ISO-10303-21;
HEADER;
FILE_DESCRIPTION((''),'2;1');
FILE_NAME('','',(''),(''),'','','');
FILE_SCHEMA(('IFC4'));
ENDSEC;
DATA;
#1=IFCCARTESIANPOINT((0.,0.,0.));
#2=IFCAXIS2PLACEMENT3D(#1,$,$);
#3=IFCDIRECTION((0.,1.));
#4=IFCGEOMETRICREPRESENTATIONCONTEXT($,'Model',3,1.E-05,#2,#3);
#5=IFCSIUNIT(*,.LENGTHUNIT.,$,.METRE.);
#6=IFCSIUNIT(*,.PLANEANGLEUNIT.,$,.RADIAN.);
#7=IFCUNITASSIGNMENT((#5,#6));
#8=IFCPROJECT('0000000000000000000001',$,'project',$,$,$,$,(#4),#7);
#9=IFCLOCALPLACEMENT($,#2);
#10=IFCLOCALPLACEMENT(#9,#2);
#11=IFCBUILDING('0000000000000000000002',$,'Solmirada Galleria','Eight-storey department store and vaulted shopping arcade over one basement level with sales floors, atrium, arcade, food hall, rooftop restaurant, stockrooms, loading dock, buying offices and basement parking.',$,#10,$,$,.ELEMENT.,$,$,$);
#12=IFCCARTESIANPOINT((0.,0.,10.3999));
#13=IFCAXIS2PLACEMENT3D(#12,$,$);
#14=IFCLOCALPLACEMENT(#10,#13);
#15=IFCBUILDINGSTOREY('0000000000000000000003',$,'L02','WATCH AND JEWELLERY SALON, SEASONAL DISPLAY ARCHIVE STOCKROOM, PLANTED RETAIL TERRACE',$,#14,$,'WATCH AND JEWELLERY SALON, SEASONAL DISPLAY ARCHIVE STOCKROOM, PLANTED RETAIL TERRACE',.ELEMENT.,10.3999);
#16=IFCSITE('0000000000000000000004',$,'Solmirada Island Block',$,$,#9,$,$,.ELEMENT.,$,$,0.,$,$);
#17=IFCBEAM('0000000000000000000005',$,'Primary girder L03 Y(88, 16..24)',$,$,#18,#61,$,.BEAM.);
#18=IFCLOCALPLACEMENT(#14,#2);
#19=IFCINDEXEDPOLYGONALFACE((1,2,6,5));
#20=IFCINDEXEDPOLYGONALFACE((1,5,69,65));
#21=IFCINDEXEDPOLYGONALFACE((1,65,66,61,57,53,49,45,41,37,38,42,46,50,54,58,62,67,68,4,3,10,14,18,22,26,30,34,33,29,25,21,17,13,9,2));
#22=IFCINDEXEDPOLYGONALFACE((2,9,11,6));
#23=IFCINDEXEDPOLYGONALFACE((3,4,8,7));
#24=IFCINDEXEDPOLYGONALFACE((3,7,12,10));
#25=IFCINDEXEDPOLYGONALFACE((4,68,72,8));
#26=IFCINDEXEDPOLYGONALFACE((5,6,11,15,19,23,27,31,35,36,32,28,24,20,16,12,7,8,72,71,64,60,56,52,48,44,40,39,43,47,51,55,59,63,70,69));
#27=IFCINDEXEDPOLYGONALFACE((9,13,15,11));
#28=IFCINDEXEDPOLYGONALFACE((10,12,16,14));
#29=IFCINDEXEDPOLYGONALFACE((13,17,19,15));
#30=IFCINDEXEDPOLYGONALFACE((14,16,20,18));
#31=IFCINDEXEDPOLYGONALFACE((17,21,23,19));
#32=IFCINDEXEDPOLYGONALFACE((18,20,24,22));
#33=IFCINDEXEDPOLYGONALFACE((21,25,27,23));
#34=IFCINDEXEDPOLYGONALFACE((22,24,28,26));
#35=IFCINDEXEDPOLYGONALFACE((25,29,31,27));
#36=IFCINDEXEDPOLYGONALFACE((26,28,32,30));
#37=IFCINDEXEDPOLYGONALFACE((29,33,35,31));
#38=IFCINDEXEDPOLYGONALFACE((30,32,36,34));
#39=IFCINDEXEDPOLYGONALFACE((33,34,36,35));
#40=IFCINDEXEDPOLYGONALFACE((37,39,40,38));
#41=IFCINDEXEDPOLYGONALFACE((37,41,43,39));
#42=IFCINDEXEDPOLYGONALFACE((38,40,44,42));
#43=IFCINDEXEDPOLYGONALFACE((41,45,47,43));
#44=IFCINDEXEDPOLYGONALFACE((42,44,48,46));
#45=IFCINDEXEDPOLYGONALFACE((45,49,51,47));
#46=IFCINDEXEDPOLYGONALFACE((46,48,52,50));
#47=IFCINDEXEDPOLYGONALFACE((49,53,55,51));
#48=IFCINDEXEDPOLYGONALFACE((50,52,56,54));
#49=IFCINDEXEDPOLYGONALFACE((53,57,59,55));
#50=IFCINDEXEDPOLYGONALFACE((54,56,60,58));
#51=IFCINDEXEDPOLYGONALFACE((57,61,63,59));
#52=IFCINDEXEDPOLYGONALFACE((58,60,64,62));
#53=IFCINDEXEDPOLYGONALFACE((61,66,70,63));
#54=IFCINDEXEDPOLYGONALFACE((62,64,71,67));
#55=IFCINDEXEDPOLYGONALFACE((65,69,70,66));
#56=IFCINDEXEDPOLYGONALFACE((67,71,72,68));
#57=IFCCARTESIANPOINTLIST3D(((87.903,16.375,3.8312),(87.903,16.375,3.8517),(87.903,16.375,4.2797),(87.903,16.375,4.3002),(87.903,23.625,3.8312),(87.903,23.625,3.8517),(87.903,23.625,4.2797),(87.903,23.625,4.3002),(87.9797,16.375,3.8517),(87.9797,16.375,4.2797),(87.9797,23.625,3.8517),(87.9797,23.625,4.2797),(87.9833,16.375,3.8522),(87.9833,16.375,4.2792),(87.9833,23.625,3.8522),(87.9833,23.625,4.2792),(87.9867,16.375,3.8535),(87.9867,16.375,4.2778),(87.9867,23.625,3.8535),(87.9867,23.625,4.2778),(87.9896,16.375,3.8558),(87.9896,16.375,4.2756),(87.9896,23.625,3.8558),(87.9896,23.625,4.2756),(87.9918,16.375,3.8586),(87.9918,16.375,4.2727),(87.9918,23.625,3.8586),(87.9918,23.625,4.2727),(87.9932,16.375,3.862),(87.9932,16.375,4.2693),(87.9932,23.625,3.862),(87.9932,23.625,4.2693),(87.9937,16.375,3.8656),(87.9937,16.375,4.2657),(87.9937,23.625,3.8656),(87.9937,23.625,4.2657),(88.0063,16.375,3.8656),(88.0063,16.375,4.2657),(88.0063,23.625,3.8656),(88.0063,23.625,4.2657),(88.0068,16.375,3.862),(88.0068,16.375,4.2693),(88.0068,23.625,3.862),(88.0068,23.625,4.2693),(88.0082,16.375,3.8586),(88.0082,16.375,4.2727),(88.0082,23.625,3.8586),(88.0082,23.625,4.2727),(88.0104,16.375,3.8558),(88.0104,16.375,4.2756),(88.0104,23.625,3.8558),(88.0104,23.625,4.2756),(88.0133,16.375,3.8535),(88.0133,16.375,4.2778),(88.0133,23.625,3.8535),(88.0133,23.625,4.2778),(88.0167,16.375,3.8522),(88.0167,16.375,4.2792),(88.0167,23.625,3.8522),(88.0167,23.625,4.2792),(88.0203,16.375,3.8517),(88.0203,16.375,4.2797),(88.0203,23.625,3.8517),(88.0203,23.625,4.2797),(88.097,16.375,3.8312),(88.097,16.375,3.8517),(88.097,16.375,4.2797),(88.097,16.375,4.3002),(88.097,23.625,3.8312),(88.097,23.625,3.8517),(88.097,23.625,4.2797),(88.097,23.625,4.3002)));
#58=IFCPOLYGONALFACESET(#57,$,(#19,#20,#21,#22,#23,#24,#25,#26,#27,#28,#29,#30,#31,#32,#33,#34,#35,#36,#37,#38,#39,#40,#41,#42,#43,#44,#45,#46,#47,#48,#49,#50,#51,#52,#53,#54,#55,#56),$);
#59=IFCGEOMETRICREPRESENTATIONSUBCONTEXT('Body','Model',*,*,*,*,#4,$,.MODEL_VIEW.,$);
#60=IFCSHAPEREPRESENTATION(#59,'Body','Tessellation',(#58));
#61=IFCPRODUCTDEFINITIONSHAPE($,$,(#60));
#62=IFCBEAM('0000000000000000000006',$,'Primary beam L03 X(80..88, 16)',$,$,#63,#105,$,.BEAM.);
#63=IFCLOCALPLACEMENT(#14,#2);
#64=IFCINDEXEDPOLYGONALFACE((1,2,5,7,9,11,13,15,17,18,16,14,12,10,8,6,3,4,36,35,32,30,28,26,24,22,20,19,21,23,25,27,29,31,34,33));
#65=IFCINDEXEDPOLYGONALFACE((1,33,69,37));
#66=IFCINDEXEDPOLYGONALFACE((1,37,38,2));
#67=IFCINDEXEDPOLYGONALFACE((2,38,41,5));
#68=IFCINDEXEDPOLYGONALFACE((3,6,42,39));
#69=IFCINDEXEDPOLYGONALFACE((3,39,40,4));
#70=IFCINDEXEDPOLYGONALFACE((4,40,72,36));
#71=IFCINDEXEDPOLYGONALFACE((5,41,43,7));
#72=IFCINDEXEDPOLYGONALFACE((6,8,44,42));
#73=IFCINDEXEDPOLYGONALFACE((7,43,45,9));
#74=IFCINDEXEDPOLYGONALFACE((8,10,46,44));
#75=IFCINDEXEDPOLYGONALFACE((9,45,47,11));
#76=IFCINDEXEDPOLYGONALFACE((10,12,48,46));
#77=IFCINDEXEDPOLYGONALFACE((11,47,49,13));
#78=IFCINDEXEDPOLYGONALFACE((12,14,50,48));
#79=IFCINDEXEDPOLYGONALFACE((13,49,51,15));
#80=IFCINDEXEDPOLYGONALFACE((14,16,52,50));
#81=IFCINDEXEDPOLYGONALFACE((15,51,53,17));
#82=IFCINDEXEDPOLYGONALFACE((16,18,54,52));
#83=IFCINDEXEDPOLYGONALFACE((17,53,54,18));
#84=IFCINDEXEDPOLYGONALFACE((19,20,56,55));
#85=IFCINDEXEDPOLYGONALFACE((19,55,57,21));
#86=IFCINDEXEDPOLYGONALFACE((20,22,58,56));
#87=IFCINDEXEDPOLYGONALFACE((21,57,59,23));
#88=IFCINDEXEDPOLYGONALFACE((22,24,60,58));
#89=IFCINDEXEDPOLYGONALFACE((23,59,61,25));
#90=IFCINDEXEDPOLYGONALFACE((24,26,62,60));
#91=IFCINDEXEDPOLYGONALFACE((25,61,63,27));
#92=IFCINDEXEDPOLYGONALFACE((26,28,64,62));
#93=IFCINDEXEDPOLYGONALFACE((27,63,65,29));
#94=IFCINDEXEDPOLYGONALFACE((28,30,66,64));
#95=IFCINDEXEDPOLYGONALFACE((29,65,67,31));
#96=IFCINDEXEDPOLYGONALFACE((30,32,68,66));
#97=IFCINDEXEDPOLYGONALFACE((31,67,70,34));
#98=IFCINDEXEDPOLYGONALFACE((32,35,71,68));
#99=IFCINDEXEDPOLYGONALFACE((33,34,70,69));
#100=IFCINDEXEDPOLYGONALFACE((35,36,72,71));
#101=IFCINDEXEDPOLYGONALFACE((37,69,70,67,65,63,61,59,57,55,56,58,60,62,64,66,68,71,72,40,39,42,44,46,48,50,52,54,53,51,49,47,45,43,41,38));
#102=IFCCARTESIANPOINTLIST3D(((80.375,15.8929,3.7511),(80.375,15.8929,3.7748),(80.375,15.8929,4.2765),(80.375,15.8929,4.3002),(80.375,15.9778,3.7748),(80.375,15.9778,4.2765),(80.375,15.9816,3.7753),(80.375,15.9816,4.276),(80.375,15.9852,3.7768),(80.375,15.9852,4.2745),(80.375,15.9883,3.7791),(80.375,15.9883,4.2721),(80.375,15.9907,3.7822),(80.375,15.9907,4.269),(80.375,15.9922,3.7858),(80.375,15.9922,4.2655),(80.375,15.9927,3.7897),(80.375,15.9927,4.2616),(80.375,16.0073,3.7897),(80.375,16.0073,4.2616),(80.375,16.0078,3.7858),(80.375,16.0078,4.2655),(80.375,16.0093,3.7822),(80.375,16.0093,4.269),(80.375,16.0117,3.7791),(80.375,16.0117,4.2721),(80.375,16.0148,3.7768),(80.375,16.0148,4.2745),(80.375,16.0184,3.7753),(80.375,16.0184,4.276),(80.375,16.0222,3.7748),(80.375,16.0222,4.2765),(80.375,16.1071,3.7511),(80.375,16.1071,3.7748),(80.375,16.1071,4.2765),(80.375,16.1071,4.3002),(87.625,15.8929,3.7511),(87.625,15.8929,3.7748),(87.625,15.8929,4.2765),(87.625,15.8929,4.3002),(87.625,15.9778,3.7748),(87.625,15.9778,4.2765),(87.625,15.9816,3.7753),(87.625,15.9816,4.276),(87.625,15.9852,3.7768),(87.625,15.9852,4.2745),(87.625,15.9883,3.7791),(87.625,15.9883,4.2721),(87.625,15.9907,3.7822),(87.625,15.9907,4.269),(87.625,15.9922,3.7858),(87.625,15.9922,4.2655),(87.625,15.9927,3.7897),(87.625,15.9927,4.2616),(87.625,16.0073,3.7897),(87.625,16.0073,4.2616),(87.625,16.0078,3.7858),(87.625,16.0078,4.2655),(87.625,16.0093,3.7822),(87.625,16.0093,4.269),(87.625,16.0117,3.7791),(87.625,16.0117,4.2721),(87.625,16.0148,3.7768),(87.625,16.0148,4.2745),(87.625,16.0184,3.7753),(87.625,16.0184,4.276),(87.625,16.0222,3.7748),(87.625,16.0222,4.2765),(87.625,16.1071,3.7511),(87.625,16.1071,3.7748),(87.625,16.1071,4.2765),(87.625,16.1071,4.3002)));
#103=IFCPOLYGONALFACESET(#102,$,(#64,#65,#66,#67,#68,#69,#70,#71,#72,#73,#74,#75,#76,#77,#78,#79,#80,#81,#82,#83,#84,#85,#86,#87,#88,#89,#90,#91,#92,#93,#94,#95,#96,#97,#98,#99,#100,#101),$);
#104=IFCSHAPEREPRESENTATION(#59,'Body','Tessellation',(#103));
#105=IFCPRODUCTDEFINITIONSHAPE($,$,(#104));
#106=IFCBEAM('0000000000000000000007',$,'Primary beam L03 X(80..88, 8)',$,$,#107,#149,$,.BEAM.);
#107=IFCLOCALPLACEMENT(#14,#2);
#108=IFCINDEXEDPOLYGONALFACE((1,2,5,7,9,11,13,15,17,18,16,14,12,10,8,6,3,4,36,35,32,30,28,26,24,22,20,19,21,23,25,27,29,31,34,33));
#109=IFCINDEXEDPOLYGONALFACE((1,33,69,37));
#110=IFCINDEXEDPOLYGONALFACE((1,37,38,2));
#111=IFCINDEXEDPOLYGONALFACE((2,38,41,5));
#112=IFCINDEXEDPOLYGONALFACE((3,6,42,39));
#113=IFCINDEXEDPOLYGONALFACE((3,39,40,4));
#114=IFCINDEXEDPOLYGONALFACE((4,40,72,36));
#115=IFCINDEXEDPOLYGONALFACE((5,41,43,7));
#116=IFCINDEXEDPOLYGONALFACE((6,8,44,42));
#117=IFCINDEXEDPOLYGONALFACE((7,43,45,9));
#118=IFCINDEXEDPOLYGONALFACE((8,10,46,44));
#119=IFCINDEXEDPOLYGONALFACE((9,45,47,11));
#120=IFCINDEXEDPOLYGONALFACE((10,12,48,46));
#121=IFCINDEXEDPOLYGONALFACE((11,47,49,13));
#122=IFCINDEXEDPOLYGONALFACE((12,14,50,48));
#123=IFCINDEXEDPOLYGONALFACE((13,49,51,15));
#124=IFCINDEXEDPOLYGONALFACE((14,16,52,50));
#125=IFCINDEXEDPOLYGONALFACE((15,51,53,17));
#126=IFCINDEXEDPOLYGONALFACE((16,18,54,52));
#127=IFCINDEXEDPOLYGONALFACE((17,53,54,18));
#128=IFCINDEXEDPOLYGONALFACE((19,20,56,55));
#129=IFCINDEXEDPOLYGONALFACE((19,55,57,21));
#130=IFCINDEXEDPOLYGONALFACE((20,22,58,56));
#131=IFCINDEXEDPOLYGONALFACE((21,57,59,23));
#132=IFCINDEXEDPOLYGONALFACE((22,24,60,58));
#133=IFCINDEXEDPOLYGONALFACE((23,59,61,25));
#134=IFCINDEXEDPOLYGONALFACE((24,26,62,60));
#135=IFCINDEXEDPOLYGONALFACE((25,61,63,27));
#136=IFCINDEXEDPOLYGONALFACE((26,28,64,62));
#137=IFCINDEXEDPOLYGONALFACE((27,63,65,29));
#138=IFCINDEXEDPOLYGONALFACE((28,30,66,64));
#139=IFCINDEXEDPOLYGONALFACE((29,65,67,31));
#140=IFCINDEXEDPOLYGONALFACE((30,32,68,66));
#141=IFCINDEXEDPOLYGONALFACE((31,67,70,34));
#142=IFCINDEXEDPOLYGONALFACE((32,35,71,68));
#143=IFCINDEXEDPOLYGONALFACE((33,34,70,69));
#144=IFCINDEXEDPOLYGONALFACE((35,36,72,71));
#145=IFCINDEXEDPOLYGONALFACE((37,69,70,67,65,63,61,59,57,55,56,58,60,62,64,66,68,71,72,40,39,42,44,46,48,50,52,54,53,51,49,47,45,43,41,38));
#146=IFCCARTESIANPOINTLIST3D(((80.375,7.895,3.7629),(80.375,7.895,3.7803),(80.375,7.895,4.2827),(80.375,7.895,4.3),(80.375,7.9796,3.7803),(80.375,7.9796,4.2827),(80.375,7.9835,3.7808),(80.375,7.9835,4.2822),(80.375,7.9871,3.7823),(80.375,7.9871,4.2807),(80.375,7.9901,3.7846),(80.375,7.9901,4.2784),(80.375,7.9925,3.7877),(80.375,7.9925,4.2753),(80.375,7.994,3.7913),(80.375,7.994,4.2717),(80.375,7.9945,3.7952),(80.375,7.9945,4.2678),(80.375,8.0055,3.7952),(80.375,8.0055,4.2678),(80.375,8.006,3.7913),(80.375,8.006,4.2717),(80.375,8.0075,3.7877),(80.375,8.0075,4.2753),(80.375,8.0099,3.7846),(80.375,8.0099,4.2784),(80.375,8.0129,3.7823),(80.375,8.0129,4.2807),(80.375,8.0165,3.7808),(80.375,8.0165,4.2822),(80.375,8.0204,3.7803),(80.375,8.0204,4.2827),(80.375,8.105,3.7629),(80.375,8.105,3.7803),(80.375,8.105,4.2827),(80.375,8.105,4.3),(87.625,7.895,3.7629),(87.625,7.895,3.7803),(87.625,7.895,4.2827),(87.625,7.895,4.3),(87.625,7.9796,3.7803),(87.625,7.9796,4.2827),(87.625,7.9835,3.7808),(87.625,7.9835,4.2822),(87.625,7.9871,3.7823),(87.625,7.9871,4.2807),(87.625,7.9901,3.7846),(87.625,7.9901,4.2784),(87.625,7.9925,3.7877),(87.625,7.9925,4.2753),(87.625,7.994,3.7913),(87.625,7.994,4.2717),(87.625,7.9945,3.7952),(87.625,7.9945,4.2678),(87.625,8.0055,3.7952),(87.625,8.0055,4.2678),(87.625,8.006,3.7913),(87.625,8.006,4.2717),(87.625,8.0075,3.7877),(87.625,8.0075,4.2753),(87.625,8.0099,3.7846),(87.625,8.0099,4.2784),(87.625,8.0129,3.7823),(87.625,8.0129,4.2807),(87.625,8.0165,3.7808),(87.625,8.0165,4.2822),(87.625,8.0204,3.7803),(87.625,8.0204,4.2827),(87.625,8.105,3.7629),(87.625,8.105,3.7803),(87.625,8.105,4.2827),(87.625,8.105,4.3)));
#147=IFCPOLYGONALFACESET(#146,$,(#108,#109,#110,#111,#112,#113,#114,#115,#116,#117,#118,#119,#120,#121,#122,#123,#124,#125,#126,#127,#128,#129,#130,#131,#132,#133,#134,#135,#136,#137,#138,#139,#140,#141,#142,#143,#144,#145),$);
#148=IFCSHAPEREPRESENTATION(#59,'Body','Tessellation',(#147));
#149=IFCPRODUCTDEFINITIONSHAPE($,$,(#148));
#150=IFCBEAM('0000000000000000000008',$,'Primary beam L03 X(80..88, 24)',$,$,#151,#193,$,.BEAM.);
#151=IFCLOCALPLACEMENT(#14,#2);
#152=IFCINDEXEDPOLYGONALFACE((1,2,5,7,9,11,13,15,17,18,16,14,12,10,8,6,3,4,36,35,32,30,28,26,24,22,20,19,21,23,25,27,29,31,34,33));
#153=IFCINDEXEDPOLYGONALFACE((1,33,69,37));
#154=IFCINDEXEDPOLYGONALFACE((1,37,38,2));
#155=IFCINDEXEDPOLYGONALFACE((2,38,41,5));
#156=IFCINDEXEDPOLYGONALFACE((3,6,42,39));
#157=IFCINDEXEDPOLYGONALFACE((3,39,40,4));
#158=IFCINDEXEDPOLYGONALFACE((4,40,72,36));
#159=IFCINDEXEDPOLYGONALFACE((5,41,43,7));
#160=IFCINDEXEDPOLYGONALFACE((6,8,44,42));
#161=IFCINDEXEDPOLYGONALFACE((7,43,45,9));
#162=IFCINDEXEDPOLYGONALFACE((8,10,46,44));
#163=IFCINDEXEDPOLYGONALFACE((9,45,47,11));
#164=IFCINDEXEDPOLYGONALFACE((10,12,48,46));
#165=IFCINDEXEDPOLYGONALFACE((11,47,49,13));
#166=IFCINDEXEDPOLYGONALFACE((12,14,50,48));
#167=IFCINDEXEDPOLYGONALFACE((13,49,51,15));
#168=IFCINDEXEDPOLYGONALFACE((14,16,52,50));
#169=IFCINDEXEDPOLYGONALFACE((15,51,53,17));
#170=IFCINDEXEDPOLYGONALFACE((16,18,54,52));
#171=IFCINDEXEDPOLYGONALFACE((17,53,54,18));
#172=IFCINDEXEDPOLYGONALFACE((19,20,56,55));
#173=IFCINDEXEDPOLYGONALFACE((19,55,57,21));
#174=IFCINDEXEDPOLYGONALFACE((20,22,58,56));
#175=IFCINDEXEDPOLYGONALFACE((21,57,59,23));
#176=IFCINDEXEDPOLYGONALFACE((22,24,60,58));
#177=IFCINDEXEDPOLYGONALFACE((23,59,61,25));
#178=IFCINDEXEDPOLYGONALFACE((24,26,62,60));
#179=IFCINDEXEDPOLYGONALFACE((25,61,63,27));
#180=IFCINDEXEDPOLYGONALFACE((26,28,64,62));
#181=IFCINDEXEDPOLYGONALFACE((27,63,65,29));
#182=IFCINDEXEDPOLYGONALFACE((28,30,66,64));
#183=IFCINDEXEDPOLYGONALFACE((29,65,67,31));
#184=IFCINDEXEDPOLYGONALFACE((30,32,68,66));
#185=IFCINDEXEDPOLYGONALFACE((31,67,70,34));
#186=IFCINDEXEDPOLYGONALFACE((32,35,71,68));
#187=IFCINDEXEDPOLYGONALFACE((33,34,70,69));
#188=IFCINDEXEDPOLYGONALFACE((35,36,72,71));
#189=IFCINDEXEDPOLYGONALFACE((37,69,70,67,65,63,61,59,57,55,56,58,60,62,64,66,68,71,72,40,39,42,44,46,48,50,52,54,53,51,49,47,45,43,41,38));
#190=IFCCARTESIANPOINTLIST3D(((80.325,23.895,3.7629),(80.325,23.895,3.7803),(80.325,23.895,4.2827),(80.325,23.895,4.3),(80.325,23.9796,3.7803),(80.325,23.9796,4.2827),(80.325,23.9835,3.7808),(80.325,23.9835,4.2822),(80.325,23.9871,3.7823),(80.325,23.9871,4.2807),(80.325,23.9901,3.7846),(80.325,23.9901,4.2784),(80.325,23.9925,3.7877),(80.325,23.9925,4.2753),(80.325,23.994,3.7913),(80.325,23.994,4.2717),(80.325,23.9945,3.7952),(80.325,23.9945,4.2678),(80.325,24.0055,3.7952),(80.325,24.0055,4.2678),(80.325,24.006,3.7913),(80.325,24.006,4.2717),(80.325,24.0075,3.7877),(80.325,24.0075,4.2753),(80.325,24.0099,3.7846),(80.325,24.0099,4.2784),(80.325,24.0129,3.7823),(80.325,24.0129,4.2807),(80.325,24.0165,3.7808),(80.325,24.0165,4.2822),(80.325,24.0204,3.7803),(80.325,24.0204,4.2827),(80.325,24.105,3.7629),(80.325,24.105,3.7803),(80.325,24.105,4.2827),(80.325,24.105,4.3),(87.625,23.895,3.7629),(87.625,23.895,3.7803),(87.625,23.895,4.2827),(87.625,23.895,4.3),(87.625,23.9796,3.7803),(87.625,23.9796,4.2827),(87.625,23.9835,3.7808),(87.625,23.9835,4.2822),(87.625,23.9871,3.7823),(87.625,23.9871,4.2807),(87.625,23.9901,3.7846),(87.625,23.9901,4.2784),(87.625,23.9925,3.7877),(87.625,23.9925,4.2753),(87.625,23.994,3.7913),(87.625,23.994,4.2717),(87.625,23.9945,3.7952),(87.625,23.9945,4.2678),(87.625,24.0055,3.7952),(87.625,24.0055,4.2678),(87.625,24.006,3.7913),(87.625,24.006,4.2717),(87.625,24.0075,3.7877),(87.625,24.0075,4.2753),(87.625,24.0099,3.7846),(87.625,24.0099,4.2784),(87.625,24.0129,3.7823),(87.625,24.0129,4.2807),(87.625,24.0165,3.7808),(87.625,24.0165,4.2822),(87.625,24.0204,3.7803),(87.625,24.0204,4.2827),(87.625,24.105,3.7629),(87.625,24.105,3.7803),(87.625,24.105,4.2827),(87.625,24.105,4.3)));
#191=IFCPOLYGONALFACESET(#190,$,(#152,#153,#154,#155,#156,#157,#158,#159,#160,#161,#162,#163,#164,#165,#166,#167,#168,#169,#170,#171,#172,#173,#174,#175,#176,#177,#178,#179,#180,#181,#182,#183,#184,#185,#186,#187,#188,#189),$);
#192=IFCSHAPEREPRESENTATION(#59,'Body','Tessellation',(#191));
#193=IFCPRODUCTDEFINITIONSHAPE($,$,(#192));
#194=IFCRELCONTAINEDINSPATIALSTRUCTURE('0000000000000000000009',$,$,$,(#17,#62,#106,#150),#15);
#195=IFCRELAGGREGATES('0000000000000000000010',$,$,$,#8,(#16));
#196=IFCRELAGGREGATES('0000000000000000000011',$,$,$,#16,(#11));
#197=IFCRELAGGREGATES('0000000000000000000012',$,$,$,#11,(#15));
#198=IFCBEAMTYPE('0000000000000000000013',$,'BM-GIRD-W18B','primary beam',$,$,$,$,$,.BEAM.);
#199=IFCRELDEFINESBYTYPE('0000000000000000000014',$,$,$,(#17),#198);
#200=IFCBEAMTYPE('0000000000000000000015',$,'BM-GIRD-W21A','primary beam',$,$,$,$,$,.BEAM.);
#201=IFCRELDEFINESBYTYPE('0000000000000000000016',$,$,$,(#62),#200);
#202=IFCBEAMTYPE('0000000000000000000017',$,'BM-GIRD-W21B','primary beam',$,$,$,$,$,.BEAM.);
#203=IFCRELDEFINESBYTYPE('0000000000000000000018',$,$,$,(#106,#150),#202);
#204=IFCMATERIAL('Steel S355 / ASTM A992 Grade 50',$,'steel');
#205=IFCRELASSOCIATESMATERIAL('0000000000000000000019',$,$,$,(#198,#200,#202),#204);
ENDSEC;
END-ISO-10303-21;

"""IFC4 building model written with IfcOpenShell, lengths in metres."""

from ifc_helpers import new_model, si_unit, direction, frame, origin, origin_2d, place, context, subcontext, project, spatial, i_section, extrude, material, material_profile, profile_set, type_object, element, save


model = new_model("IFC4")

# Units and contexts
model_context = context("Model", 3, precision=1e-05, world=origin(), true_north=direction((0.0, 1.0)))
body_context = subcontext(model_context, "Body", "Model", "MODEL_VIEW")
ifc_project = project(units=[si_unit("LENGTHUNIT", "METRE"), si_unit("PLANEANGLEUNIT", "RADIAN")], contexts=[model_context])

# Site, building, storey
site_placement = place(None, origin())
site = spatial("IfcSite", under=ifc_project, at=site_placement, Name="Solmirada Island Block", CompositionType="ELEMENT", RefElevation=0.0)
building_placement = place(site_placement, origin())
building = spatial("IfcBuilding", under=site, at=building_placement, Name="Solmirada Galleria", Description="Eight-storey department store and vaulted shopping arcade over one basement level with sales floors, atrium, arcade, food hall, rooftop restaurant, stockrooms, loading dock, buying offices and basement parking.", CompositionType="ELEMENT")
storey_placement = place(building_placement, frame((0.0, 0.0, 10.3999)))
storey = spatial("IfcBuildingStorey", under=building, at=storey_placement, Name="L02", Description="WATCH AND JEWELLERY SALON, SEASONAL DISPLAY ARCHIVE STOCKROOM, PLANTED RETAIL TERRACE", LongName="WATCH AND JEWELLERY SALON, SEASONAL DISPLAY ARCHIVE STOCKROOM, PLANTED RETAIL TERRACE", CompositionType="ELEMENT", Elevation=10.3999)

# Beams
ifc_material_1 = material(Name="Steel S355 / ASTM A992 Grade 50", Category="steel")
ifc_material_profile_1 = material_profile(ifc_material_1, i_section(OverallWidth=0.1941, OverallDepth=0.469, WebThickness=0.0127, FlangeThickness=0.0205, FilletRadius=0.0139, at=origin_2d()), Name="W18X71")
ifc_profile_set_1 = profile_set([ifc_material_profile_1], Name="Steel S355 / ASTM A992 Grade 50")
beam_type_1 = type_object("IfcBeamType", Name="BM-GIRD-W18B", Description="primary beam", PredefinedType="BEAM", material=ifc_profile_set_1)
for number, where, z_axis, x_axis, name in (
    (1, (88.0, 16.375, 4.0657), (0.0, 1.0, 0.0), (-1.0, 0.0, 0.0), "Primary girder L03 Y(88, 16..24)"),
):
    element("IfcBeam", number, at=place(storey_placement, frame(where, z_axis=z_axis, x_axis=x_axis)), inside=storey, type_object=beam_type_1, Name=name, PredefinedType="BEAM", context=body_context, shape_type="SweptSolid", body=[
        extrude(i_section(OverallWidth=0.1941, OverallDepth=0.469, WebThickness=0.0127, FlangeThickness=0.0205, FilletRadius=0.0139, at=origin_2d()), origin(), (0.0, 0.0, 1.0), 7.25),
    ])
ifc_material_profile_2 = material_profile(ifc_material_1, i_section(OverallWidth=0.2141, OverallDepth=0.5491, WebThickness=0.0146, FlangeThickness=0.0237, FilletRadius=0.0149, at=origin_2d()), Name="W21X93")
ifc_profile_set_2 = profile_set([ifc_material_profile_2], Name="Steel S355 / ASTM A992 Grade 50")
beam_type_2 = type_object("IfcBeamType", Name="BM-GIRD-W21A", Description="primary beam", PredefinedType="BEAM", material=ifc_profile_set_2)
beam_1_placement = place(storey_placement, frame((80.375, 16.0, 4.0256), z_axis=(1.0, 0.0, 0.0), x_axis=(0.0, 1.0, 0.0)))
element("IfcBeam", 2, at=beam_1_placement, inside=storey, type_object=beam_type_2, Name="Primary beam L03 X(80..88, 16)", PredefinedType="BEAM", context=body_context, shape_type="SweptSolid", body=[
    extrude(i_section(OverallWidth=0.2141, OverallDepth=0.5491, WebThickness=0.0146, FlangeThickness=0.0237, FilletRadius=0.0149, at=origin_2d()), origin(), (0.0, 0.0, 1.0), 7.25),
])
ifc_material_profile_3 = material_profile(ifc_material_1, i_section(OverallWidth=0.21, OverallDepth=0.5371, WebThickness=0.011, FlangeThickness=0.0173, FilletRadius=0.0149, at=origin_2d()), Name="W21X68")
ifc_profile_set_3 = profile_set([ifc_material_profile_3], Name="Steel S355 / ASTM A992 Grade 50")
beam_type_3 = type_object("IfcBeamType", Name="BM-GIRD-W21B", Description="primary beam", PredefinedType="BEAM", material=ifc_profile_set_3)
beam_2_placement = place(storey_placement, frame((80.375, 8.0, 4.0315), z_axis=(1.0, 0.0, 0.0), x_axis=(0.0, 1.0, 0.0)))
element("IfcBeam", 3, at=beam_2_placement, inside=storey, type_object=beam_type_3, Name="Primary beam L03 X(80..88, 8)", PredefinedType="BEAM", context=body_context, shape_type="SweptSolid", body=[
    extrude(i_section(OverallWidth=0.21, OverallDepth=0.5371, WebThickness=0.011, FlangeThickness=0.0173, FilletRadius=0.0149, at=origin_2d()), origin(), (0.0, 0.0, 1.0), 7.25),
])
beam_3_placement = place(storey_placement, frame((80.325, 24.0, 4.0315), z_axis=(1.0, 0.0, 0.0), x_axis=(0.0, 1.0, 0.0)))
element("IfcBeam", 4, at=beam_3_placement, inside=storey, type_object=beam_type_3, Name="Primary beam L03 X(80..88, 24)", PredefinedType="BEAM", context=body_context, shape_type="SweptSolid", body=[
    extrude(i_section(OverallWidth=0.21, OverallDepth=0.5371, WebThickness=0.011, FlangeThickness=0.0173, FilletRadius=0.0149, at=origin_2d()), origin(), (0.0, 0.0, 1.0), 7.3),
])

save(model, "model.ifc")
